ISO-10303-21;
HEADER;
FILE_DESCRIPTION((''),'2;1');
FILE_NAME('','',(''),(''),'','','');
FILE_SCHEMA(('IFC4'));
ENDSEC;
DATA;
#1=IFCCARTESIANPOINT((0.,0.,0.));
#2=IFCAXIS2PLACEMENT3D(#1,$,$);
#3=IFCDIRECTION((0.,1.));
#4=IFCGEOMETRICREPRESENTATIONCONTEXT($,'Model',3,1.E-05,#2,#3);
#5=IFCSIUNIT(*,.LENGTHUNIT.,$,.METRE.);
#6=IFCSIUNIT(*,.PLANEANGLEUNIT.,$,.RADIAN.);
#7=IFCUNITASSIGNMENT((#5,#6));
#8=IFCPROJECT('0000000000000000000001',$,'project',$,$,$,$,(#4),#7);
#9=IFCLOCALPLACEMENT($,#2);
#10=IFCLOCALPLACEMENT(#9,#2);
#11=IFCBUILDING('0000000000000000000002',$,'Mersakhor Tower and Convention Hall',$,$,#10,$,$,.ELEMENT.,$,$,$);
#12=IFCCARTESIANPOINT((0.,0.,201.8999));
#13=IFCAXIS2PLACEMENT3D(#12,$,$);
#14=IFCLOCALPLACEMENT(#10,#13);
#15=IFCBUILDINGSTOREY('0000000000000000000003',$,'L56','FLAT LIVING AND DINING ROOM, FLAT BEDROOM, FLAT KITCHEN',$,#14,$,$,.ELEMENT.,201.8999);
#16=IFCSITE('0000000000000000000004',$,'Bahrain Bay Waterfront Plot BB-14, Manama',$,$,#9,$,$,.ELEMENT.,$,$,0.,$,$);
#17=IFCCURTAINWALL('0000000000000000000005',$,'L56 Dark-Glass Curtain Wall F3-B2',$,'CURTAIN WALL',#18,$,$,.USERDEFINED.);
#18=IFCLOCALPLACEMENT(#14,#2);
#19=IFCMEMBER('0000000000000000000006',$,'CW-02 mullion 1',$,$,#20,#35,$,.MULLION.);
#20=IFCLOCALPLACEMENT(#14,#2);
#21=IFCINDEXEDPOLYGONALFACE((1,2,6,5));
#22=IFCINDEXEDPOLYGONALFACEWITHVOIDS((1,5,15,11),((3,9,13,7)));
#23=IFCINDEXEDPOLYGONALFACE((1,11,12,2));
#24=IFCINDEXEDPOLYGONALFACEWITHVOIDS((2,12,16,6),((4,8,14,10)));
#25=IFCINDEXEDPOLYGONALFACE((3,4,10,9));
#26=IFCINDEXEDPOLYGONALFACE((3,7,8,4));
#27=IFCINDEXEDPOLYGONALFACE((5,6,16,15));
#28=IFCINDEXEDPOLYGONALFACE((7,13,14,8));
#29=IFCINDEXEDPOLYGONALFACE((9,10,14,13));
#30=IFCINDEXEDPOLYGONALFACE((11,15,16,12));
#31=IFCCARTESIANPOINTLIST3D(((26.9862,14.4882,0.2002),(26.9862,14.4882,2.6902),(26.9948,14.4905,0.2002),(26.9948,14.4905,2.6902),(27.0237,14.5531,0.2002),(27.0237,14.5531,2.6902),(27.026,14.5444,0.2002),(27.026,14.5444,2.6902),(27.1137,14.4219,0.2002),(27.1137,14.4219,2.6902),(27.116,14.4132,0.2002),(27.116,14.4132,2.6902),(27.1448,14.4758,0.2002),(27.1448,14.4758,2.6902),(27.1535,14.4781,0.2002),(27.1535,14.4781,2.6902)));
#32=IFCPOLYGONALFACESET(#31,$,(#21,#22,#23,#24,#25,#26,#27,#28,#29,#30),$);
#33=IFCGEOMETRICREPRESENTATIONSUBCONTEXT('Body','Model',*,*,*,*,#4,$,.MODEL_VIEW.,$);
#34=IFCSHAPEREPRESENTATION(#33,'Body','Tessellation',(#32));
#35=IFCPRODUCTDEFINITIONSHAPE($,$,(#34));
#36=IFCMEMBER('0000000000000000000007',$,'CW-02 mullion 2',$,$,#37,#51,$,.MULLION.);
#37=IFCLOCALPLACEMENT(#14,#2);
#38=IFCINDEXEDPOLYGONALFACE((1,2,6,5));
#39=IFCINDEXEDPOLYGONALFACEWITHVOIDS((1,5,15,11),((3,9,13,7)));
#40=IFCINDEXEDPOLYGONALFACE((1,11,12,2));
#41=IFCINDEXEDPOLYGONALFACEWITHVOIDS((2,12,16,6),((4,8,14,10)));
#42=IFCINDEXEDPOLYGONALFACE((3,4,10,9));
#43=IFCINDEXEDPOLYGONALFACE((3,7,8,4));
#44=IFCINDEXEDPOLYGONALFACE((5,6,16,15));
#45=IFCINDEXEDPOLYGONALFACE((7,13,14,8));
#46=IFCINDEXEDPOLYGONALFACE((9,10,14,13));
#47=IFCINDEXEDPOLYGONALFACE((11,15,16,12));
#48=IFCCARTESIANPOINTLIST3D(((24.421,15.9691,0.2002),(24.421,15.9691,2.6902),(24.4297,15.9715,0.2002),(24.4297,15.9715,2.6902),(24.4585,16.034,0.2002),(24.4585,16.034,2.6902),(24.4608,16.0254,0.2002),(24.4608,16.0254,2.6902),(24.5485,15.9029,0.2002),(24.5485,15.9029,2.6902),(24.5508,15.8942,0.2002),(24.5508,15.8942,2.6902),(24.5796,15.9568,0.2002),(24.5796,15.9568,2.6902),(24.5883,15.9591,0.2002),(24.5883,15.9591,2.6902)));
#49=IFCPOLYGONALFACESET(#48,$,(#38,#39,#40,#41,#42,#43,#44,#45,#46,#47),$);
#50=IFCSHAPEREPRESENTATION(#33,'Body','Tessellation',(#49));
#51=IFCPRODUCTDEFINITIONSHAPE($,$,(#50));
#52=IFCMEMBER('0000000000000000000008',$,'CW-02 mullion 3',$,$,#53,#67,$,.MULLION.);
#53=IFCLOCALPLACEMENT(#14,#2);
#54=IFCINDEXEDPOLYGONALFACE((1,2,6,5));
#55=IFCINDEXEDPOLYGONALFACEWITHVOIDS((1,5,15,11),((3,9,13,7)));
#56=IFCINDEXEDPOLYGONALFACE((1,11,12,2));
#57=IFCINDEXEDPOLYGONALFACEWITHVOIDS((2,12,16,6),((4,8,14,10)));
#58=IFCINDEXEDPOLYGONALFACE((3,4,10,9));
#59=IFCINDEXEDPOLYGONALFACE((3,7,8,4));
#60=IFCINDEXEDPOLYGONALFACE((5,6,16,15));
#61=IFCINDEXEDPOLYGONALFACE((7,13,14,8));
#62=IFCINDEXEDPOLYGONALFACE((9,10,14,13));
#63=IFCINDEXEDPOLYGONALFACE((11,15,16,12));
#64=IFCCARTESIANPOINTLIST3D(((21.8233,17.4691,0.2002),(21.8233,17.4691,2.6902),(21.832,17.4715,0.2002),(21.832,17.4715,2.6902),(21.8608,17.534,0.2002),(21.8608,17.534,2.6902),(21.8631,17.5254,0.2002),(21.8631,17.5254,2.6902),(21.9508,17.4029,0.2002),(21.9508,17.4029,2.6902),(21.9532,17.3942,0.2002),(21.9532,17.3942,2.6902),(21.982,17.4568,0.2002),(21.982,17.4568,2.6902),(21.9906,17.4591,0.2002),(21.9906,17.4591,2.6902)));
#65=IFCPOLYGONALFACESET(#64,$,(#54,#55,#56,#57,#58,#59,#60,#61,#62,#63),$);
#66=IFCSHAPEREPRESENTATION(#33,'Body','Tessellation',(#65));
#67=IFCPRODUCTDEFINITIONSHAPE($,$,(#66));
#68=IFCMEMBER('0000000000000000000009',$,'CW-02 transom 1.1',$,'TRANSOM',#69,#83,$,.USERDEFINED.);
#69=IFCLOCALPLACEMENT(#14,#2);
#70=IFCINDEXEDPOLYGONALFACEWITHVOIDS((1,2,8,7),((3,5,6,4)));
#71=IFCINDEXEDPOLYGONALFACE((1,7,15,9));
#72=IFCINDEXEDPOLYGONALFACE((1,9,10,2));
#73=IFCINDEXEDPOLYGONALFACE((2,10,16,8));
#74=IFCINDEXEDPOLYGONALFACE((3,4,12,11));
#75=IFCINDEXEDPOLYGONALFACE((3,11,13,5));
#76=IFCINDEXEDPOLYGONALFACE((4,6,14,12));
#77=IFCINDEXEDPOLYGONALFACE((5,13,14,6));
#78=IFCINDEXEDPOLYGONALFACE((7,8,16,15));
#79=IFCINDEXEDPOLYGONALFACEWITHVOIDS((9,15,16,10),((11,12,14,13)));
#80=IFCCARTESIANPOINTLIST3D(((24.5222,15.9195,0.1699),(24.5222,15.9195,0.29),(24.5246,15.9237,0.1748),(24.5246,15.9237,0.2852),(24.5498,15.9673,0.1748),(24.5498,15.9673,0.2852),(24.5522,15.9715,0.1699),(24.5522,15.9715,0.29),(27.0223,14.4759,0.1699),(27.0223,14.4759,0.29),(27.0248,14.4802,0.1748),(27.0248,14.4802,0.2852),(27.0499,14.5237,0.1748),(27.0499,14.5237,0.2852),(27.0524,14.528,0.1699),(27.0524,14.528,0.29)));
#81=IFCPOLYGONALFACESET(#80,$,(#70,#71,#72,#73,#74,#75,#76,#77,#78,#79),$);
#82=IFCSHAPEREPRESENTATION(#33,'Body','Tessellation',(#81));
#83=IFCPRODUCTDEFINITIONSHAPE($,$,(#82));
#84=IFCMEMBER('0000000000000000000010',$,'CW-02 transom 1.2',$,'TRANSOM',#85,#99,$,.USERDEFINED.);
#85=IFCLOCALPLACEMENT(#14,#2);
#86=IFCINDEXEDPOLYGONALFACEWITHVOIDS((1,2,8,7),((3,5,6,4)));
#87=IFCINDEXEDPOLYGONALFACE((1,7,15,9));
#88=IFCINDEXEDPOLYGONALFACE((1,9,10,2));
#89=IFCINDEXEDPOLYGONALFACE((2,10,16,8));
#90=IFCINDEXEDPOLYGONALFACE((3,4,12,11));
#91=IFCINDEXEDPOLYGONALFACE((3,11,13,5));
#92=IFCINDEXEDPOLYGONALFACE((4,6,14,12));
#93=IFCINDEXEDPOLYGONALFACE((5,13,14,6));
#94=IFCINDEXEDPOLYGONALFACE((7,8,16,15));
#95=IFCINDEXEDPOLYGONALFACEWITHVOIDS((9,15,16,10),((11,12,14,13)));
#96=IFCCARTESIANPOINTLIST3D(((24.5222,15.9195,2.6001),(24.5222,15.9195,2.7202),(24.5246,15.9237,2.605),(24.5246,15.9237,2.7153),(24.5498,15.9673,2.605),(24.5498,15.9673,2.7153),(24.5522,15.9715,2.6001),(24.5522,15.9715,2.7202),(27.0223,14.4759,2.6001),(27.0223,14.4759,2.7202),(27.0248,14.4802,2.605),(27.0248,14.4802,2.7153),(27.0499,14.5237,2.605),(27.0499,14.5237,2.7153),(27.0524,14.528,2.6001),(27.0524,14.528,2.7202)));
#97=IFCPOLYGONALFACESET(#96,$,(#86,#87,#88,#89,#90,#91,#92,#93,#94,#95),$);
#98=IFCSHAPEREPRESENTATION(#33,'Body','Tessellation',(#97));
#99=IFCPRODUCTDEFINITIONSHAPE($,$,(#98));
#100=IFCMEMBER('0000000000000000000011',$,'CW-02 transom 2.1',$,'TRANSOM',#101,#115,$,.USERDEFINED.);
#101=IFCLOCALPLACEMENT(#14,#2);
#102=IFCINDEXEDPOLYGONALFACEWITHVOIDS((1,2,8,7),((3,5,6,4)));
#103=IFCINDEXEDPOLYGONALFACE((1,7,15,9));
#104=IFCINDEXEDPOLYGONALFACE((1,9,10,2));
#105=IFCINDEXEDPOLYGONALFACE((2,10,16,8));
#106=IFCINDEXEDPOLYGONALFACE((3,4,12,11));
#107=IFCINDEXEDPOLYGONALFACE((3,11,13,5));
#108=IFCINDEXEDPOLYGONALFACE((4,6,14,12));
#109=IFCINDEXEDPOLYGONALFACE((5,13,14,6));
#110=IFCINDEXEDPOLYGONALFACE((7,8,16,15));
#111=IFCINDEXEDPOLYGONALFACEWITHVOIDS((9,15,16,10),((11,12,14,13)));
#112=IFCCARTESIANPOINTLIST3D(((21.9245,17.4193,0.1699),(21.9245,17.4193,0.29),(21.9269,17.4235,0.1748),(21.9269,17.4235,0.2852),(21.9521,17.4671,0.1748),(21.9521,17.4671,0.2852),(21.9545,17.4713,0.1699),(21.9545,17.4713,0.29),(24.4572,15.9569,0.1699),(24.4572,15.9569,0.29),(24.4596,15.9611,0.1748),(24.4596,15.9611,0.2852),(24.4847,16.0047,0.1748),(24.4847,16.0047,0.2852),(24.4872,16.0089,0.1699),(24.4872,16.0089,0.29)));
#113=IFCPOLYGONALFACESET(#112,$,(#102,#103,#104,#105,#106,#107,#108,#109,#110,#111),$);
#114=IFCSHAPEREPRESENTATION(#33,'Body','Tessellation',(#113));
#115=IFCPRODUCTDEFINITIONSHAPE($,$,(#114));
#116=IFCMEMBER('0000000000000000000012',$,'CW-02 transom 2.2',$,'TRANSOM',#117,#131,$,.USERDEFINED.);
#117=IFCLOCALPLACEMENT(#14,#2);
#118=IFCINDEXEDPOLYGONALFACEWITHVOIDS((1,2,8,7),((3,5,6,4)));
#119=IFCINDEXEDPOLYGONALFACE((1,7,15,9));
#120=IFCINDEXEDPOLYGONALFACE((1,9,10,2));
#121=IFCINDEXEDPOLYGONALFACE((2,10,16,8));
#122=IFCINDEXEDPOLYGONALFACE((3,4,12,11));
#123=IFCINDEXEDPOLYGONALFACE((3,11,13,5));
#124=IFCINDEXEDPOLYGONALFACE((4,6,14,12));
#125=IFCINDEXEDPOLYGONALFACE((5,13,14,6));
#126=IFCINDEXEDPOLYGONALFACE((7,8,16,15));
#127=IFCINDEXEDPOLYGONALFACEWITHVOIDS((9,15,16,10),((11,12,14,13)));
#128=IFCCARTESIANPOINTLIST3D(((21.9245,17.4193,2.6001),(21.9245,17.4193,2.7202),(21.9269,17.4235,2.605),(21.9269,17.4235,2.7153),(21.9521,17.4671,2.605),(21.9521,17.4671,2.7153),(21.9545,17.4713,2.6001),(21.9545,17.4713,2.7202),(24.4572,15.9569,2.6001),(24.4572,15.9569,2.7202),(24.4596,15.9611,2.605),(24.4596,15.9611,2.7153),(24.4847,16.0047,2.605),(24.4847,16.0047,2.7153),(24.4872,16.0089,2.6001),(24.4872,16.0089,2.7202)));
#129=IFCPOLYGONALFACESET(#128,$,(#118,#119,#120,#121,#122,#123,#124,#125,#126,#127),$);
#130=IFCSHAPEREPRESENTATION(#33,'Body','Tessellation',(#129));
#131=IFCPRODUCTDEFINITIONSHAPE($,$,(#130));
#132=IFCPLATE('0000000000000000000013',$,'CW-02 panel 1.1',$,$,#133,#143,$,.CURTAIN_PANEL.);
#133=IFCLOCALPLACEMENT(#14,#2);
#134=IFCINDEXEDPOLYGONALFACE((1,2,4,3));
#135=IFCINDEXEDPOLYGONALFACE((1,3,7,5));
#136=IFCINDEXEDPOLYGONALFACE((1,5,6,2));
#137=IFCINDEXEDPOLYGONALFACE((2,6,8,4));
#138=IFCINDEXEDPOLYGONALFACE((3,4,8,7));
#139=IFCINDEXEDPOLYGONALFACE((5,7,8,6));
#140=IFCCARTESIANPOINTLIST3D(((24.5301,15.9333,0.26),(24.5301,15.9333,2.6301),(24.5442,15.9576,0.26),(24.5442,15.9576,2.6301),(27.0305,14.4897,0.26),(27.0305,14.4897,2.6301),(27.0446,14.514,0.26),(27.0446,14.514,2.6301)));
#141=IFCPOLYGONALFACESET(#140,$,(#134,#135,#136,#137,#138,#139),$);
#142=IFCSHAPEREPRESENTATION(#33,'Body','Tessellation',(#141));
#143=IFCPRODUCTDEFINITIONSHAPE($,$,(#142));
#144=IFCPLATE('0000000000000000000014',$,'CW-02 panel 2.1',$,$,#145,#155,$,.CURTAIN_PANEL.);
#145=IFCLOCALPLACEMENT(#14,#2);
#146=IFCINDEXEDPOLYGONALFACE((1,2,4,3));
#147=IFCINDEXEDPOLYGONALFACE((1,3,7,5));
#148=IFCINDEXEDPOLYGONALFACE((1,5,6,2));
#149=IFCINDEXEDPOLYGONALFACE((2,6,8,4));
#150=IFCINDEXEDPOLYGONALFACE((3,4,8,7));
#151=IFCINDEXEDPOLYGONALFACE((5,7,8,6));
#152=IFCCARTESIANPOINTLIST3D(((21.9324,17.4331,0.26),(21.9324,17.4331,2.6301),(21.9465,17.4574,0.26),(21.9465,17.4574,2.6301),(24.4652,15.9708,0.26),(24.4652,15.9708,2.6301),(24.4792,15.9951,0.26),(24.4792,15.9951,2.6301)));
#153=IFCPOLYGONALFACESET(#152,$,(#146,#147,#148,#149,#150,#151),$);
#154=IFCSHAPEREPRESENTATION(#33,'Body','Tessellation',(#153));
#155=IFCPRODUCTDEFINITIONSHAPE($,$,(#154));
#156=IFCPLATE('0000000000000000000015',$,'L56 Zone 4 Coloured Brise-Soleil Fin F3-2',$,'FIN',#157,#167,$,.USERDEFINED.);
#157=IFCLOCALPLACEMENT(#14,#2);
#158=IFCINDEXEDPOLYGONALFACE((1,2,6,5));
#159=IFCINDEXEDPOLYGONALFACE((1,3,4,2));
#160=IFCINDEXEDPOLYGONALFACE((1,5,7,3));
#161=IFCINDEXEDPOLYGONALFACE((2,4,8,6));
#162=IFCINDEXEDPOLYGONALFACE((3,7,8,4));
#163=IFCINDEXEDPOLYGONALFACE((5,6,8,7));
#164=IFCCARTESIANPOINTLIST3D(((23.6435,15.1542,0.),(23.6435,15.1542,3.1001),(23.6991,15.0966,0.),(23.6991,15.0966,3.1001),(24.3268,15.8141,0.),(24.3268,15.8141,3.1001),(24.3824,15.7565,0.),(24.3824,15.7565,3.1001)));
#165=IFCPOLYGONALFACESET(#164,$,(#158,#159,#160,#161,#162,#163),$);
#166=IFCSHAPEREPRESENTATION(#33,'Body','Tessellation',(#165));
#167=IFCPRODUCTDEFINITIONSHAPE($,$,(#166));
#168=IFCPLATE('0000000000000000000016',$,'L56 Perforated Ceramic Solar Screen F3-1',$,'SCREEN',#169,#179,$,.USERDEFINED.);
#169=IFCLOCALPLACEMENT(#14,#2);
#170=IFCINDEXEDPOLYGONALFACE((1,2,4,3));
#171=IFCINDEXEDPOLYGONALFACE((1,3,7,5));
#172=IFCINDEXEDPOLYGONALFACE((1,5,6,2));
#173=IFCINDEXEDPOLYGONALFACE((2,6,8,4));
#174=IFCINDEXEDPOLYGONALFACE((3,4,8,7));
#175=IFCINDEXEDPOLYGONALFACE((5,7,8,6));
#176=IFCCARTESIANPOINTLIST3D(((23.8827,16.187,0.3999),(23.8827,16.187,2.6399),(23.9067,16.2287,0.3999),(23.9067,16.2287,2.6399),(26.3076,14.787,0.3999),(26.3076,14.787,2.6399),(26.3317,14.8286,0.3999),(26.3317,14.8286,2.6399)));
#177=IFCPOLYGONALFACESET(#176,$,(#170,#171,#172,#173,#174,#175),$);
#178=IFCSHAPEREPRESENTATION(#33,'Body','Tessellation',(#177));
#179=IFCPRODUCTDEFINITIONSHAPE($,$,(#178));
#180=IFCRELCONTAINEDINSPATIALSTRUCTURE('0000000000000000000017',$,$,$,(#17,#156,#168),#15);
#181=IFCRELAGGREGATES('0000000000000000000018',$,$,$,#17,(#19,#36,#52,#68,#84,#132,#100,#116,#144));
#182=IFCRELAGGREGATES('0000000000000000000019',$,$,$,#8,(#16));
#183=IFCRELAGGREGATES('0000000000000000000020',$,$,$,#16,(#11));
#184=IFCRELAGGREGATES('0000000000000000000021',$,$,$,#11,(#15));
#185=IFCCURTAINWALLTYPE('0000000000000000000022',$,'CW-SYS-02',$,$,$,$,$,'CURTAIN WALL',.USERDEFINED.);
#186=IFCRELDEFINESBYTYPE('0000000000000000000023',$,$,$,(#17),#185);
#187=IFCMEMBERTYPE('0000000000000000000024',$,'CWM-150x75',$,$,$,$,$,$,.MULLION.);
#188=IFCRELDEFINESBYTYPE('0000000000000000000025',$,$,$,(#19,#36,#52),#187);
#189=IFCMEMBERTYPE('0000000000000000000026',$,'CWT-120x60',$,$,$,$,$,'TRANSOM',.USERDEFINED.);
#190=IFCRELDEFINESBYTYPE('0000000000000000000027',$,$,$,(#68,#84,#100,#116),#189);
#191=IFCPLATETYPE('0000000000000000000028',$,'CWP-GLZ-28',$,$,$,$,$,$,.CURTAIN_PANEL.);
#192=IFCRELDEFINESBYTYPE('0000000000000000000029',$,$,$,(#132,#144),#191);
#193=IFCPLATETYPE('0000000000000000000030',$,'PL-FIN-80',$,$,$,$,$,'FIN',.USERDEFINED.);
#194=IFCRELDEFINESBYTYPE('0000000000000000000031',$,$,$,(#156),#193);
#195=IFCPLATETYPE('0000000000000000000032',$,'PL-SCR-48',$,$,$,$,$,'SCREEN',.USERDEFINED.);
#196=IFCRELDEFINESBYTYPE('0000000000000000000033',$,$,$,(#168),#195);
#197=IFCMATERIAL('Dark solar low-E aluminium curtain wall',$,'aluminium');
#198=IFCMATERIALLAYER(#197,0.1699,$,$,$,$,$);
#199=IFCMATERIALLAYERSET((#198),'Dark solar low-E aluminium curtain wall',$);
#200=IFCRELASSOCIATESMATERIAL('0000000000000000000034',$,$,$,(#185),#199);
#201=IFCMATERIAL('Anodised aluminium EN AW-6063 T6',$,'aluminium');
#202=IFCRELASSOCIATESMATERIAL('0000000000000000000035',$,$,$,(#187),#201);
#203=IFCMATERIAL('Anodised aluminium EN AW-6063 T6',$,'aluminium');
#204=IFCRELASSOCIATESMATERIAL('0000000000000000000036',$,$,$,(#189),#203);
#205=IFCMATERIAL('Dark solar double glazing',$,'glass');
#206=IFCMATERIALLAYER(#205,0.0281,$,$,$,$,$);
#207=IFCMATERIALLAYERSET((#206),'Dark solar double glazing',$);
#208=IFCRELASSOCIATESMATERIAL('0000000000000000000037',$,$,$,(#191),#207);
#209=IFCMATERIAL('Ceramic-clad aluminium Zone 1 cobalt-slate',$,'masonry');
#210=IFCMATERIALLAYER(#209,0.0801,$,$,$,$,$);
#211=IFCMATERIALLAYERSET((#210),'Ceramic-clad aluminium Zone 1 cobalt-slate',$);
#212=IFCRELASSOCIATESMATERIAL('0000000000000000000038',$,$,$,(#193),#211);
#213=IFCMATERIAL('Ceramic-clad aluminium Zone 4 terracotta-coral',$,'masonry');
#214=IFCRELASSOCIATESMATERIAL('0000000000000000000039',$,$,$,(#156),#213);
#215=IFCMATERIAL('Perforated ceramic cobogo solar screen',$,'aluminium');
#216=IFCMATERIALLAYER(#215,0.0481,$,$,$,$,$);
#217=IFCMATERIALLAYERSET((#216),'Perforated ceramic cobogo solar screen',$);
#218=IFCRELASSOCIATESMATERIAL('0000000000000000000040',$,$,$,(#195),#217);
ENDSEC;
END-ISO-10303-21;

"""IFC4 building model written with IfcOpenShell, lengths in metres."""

from ifc_helpers import new_model, si_unit, direction, frame, origin, origin_2d, place, context, subcontext, project, spatial, rectangle, hollow_rectangle, extrude, material, layer, layer_set, material_profile, profile_set, type_object, element, aggregate, save


model = new_model("IFC4")

# Units and contexts
model_context = context("Model", 3, precision=1e-05, world=origin(), true_north=direction((0.0, 1.0)))
body_context = subcontext(model_context, "Body", "Model", "MODEL_VIEW")
ifc_project = project(units=[si_unit("LENGTHUNIT", "METRE"), si_unit("PLANEANGLEUNIT", "RADIAN")], contexts=[model_context])

# Site, building, storey
site_placement = place(None, origin())
site = spatial("IfcSite", under=ifc_project, at=site_placement, Name="Bahrain Bay Waterfront Plot BB-14, Manama", CompositionType="ELEMENT", RefElevation=0.0)
building_placement = place(site_placement, origin())
building = spatial("IfcBuilding", under=site, at=building_placement, Name="Mersakhor Tower and Convention Hall", CompositionType="ELEMENT")
storey_placement = place(building_placement, frame((0.0, 0.0, 201.8999)))
storey = spatial("IfcBuildingStorey", under=building, at=storey_placement, Name="L56", Description="FLAT LIVING AND DINING ROOM, FLAT BEDROOM, FLAT KITCHEN", CompositionType="ELEMENT", Elevation=201.8999)

# Curtain wall, members, plates
ifc_material_1 = material(Name="Dark solar low-E aluminium curtain wall", Category="aluminium")
ifc_layer_1 = layer(ifc_material_1, 0.1699)
ifc_layer_set_1 = layer_set([ifc_layer_1], Name="Dark solar low-E aluminium curtain wall")
curtain_wall_type = type_object("IfcCurtainWallType", Name="CW-SYS-02", ElementType="CURTAIN WALL", PredefinedType="USERDEFINED", material=ifc_layer_set_1)
curtain_wall_placement = place(storey_placement, origin())
curtain_wall = element("IfcCurtainWall", 1, at=curtain_wall_placement, inside=storey, type_object=curtain_wall_type, Name="L56 Dark-Glass Curtain Wall F3-B2", ObjectType="CURTAIN WALL", PredefinedType="USERDEFINED")
ifc_material_2 = material(Name="Anodised aluminium EN AW-6063 T6", Category="aluminium")
ifc_material_profile_1 = material_profile(ifc_material_2, hollow_rectangle(XDim=0.075, YDim=0.1499, WallThickness=0.0063, at=origin_2d()), Name="RHS 150x75x6.3")
ifc_profile_set_1 = profile_set([ifc_material_profile_1], Name="Anodised aluminium EN AW-6063 T6")
member_type_1 = type_object("IfcMemberType", Name="CWM-150x75", PredefinedType="MULLION", material=ifc_profile_set_1)
member_1_placement = place(storey_placement, frame((27.0698, 14.4832, 0.2002), z_axis=(0.0, 0.0, 1.0), x_axis=(-0.500008, -0.866021, 0.0)))
member_1 = element("IfcMember", 2, at=member_1_placement, type_object=member_type_1, Name="CW-02 mullion 1", PredefinedType="MULLION", context=body_context, shape_type="SweptSolid", body=[
    extrude(hollow_rectangle(XDim=0.075, YDim=0.1499, WallThickness=0.0063, at=origin_2d()), origin(), (0.0, 0.0, 1.0), 2.49),
])
member_2_placement = place(storey_placement, frame((24.5046, 15.9641, 0.2002), z_axis=(0.0, 0.0, 1.0), x_axis=(-0.500008, -0.866021, 0.0)))
member_2 = element("IfcMember", 3, at=member_2_placement, type_object=member_type_1, Name="CW-02 mullion 2", PredefinedType="MULLION", context=body_context, shape_type="SweptSolid", body=[
    extrude(hollow_rectangle(XDim=0.075, YDim=0.1499, WallThickness=0.0063, at=origin_2d()), origin(), (0.0, 0.0, 1.0), 2.49),
])
member_3_placement = place(storey_placement, frame((21.907, 17.4641, 0.2002), z_axis=(0.0, 0.0, 1.0), x_axis=(-0.500008, -0.866021, 0.0)))
member_3 = element("IfcMember", 4, at=member_3_placement, type_object=member_type_1, Name="CW-02 mullion 3", PredefinedType="MULLION", context=body_context, shape_type="SweptSolid", body=[
    extrude(hollow_rectangle(XDim=0.075, YDim=0.1499, WallThickness=0.0063, at=origin_2d()), origin(), (0.0, 0.0, 1.0), 2.49),
])
ifc_material_3 = material(Name="Anodised aluminium EN AW-6063 T6", Category="aluminium")
ifc_material_profile_2 = material_profile(ifc_material_3, hollow_rectangle(XDim=0.0601, YDim=0.1201, WallThickness=0.0049, at=origin_2d()), Name="RHS 120x60x5")
ifc_profile_set_2 = profile_set([ifc_material_profile_2], Name="Anodised aluminium EN AW-6063 T6")
member_type_2 = type_object("IfcMemberType", Name="CWT-120x60", ElementType="TRANSOM", PredefinedType="USERDEFINED", material=ifc_profile_set_2)
member_4_placement = place(storey_placement, frame((27.0374, 14.502, 0.23), z_axis=(-0.866012, 0.500023, 0.0), x_axis=(-0.500023, -0.866012, 0.0)))
member_4 = element("IfcMember", 5, at=member_4_placement, type_object=member_type_2, Name="CW-02 transom 1.1", ObjectType="TRANSOM", PredefinedType="USERDEFINED", context=body_context, shape_type="SweptSolid", body=[
    extrude(hollow_rectangle(XDim=0.0601, YDim=0.1201, WallThickness=0.0049, at=origin_2d()), origin(), (0.0, 0.0, 1.0), 2.887),
])
member_5_placement = place(storey_placement, frame((27.0374, 14.502, 2.6602), z_axis=(-0.866012, 0.500023, 0.0), x_axis=(-0.500023, -0.866012, 0.0)))
member_5 = element("IfcMember", 6, at=member_5_placement, type_object=member_type_2, Name="CW-02 transom 1.2", ObjectType="TRANSOM", PredefinedType="USERDEFINED", context=body_context, shape_type="SweptSolid", body=[
    extrude(hollow_rectangle(XDim=0.0601, YDim=0.1201, WallThickness=0.0049, at=origin_2d()), origin(), (0.0, 0.0, 1.0), 2.887),
])
member_6_placement = place(storey_placement, frame((24.4722, 15.9829, 0.23), z_axis=(-0.866005, 0.500036, 0.0), x_axis=(-0.500036, -0.866005, 0.0)))
member_6 = element("IfcMember", 7, at=member_6_placement, type_object=member_type_2, Name="CW-02 transom 2.1", ObjectType="TRANSOM", PredefinedType="USERDEFINED", context=body_context, shape_type="SweptSolid", body=[
    extrude(hollow_rectangle(XDim=0.0601, YDim=0.1201, WallThickness=0.0049, at=origin_2d()), origin(), (0.0, 0.0, 1.0), 2.9246),
])
member_7_placement = place(storey_placement, frame((24.4722, 15.9829, 2.6602), z_axis=(-0.866005, 0.500036, 0.0), x_axis=(-0.500036, -0.866005, 0.0)))
member_7 = element("IfcMember", 8, at=member_7_placement, type_object=member_type_2, Name="CW-02 transom 2.2", ObjectType="TRANSOM", PredefinedType="USERDEFINED", context=body_context, shape_type="SweptSolid", body=[
    extrude(hollow_rectangle(XDim=0.0601, YDim=0.1201, WallThickness=0.0049, at=origin_2d()), origin(), (0.0, 0.0, 1.0), 2.9246),
])
ifc_material_4 = material(Name="Dark solar double glazing", Category="glass")
ifc_layer_2 = layer(ifc_material_4, 0.0281)
ifc_layer_set_2 = layer_set([ifc_layer_2], Name="Dark solar double glazing")
plate_type_1 = type_object("IfcPlateType", Name="CWP-GLZ-28", PredefinedType="CURTAIN_PANEL", material=ifc_layer_set_2)
plate_1_placement = place(storey_placement, frame((25.7874, 15.2236, 0.26), z_axis=(0.0, 0.0, 1.0), x_axis=(-0.866021, 0.500008, 0.0)))
plate_1 = element("IfcPlate", 9, at=plate_1_placement, type_object=plate_type_1, Name="CW-02 panel 1.1", PredefinedType="CURTAIN_PANEL", context=body_context, shape_type="SweptSolid", body=[
    extrude(rectangle(XDim=2.8872, YDim=0.0281, at=origin_2d()), origin(), (0.0, 0.0, 1.0), 2.3701),
])
plate_2_placement = place(storey_placement, frame((23.2058, 16.7141, 0.26), z_axis=(0.0, 0.0, 1.0), x_axis=(-0.866021, 0.500008, 0.0)))
plate_2 = element("IfcPlate", 10, at=plate_2_placement, type_object=plate_type_1, Name="CW-02 panel 2.1", PredefinedType="CURTAIN_PANEL", context=body_context, shape_type="SweptSolid", body=[
    extrude(rectangle(XDim=2.9246, YDim=0.0281, at=origin_2d()), origin(), (0.0, 0.0, 1.0), 2.3701),
])
aggregate(curtain_wall, [member_1, member_2, member_3, member_4, member_5, plate_1, member_6, member_7, plate_2])

# Plates
ifc_material_5 = material(Name="Ceramic-clad aluminium Zone 4 terracotta-coral", Category="masonry")
ifc_material_6 = material(Name="Ceramic-clad aluminium Zone 1 cobalt-slate", Category="masonry")
ifc_layer_3 = layer(ifc_material_6, 0.0801)
ifc_layer_set_3 = layer_set([ifc_layer_3], Name="Ceramic-clad aluminium Zone 1 cobalt-slate")
plate_type_2 = type_object("IfcPlateType", Name="PL-FIN-80", ElementType="FIN", PredefinedType="USERDEFINED", material=ifc_layer_set_3)
plate_3_placement = place(storey_placement, frame((24.0129, 15.4553, 0.0), z_axis=(0.0, 0.0, 1.0), x_axis=(-0.71934, -0.694658, 0.0)))
element("IfcPlate", 11, at=plate_3_placement, inside=storey, type_object=plate_type_2, material=ifc_material_5, Name="L56 Zone 4 Coloured Brise-Soleil Fin F3-2", ObjectType="FIN", PredefinedType="USERDEFINED", context=body_context, shape_type="SweptSolid", body=[
    extrude(rectangle(XDim=0.95, YDim=0.0801, at=origin_2d()), origin(), (0.0, 0.0, 1.0), 3.1001),
])
ifc_material_7 = material(Name="Perforated ceramic cobogo solar screen", Category="aluminium")
ifc_layer_4 = layer(ifc_material_7, 0.0481)
ifc_layer_set_4 = layer_set([ifc_layer_4], Name="Perforated ceramic cobogo solar screen")
plate_type_3 = type_object("IfcPlateType", Name="PL-SCR-48", ElementType="SCREEN", PredefinedType="USERDEFINED", material=ifc_layer_set_4)
plate_4_placement = place(storey_placement, frame((25.1072, 15.5078, 0.3999), z_axis=(0.0, 0.0, 1.0), x_axis=(-0.866025, 0.5, 0.0)))
element("IfcPlate", 12, at=plate_4_placement, inside=storey, type_object=plate_type_3, Name="L56 Perforated Ceramic Solar Screen F3-1", ObjectType="SCREEN", PredefinedType="USERDEFINED", context=body_context, shape_type="SweptSolid", body=[
    extrude(rectangle(XDim=2.8, YDim=0.0481, at=origin_2d()), origin(), (0.0, 0.0, 1.0), 2.24),
])

save(model, "model.ifc")
